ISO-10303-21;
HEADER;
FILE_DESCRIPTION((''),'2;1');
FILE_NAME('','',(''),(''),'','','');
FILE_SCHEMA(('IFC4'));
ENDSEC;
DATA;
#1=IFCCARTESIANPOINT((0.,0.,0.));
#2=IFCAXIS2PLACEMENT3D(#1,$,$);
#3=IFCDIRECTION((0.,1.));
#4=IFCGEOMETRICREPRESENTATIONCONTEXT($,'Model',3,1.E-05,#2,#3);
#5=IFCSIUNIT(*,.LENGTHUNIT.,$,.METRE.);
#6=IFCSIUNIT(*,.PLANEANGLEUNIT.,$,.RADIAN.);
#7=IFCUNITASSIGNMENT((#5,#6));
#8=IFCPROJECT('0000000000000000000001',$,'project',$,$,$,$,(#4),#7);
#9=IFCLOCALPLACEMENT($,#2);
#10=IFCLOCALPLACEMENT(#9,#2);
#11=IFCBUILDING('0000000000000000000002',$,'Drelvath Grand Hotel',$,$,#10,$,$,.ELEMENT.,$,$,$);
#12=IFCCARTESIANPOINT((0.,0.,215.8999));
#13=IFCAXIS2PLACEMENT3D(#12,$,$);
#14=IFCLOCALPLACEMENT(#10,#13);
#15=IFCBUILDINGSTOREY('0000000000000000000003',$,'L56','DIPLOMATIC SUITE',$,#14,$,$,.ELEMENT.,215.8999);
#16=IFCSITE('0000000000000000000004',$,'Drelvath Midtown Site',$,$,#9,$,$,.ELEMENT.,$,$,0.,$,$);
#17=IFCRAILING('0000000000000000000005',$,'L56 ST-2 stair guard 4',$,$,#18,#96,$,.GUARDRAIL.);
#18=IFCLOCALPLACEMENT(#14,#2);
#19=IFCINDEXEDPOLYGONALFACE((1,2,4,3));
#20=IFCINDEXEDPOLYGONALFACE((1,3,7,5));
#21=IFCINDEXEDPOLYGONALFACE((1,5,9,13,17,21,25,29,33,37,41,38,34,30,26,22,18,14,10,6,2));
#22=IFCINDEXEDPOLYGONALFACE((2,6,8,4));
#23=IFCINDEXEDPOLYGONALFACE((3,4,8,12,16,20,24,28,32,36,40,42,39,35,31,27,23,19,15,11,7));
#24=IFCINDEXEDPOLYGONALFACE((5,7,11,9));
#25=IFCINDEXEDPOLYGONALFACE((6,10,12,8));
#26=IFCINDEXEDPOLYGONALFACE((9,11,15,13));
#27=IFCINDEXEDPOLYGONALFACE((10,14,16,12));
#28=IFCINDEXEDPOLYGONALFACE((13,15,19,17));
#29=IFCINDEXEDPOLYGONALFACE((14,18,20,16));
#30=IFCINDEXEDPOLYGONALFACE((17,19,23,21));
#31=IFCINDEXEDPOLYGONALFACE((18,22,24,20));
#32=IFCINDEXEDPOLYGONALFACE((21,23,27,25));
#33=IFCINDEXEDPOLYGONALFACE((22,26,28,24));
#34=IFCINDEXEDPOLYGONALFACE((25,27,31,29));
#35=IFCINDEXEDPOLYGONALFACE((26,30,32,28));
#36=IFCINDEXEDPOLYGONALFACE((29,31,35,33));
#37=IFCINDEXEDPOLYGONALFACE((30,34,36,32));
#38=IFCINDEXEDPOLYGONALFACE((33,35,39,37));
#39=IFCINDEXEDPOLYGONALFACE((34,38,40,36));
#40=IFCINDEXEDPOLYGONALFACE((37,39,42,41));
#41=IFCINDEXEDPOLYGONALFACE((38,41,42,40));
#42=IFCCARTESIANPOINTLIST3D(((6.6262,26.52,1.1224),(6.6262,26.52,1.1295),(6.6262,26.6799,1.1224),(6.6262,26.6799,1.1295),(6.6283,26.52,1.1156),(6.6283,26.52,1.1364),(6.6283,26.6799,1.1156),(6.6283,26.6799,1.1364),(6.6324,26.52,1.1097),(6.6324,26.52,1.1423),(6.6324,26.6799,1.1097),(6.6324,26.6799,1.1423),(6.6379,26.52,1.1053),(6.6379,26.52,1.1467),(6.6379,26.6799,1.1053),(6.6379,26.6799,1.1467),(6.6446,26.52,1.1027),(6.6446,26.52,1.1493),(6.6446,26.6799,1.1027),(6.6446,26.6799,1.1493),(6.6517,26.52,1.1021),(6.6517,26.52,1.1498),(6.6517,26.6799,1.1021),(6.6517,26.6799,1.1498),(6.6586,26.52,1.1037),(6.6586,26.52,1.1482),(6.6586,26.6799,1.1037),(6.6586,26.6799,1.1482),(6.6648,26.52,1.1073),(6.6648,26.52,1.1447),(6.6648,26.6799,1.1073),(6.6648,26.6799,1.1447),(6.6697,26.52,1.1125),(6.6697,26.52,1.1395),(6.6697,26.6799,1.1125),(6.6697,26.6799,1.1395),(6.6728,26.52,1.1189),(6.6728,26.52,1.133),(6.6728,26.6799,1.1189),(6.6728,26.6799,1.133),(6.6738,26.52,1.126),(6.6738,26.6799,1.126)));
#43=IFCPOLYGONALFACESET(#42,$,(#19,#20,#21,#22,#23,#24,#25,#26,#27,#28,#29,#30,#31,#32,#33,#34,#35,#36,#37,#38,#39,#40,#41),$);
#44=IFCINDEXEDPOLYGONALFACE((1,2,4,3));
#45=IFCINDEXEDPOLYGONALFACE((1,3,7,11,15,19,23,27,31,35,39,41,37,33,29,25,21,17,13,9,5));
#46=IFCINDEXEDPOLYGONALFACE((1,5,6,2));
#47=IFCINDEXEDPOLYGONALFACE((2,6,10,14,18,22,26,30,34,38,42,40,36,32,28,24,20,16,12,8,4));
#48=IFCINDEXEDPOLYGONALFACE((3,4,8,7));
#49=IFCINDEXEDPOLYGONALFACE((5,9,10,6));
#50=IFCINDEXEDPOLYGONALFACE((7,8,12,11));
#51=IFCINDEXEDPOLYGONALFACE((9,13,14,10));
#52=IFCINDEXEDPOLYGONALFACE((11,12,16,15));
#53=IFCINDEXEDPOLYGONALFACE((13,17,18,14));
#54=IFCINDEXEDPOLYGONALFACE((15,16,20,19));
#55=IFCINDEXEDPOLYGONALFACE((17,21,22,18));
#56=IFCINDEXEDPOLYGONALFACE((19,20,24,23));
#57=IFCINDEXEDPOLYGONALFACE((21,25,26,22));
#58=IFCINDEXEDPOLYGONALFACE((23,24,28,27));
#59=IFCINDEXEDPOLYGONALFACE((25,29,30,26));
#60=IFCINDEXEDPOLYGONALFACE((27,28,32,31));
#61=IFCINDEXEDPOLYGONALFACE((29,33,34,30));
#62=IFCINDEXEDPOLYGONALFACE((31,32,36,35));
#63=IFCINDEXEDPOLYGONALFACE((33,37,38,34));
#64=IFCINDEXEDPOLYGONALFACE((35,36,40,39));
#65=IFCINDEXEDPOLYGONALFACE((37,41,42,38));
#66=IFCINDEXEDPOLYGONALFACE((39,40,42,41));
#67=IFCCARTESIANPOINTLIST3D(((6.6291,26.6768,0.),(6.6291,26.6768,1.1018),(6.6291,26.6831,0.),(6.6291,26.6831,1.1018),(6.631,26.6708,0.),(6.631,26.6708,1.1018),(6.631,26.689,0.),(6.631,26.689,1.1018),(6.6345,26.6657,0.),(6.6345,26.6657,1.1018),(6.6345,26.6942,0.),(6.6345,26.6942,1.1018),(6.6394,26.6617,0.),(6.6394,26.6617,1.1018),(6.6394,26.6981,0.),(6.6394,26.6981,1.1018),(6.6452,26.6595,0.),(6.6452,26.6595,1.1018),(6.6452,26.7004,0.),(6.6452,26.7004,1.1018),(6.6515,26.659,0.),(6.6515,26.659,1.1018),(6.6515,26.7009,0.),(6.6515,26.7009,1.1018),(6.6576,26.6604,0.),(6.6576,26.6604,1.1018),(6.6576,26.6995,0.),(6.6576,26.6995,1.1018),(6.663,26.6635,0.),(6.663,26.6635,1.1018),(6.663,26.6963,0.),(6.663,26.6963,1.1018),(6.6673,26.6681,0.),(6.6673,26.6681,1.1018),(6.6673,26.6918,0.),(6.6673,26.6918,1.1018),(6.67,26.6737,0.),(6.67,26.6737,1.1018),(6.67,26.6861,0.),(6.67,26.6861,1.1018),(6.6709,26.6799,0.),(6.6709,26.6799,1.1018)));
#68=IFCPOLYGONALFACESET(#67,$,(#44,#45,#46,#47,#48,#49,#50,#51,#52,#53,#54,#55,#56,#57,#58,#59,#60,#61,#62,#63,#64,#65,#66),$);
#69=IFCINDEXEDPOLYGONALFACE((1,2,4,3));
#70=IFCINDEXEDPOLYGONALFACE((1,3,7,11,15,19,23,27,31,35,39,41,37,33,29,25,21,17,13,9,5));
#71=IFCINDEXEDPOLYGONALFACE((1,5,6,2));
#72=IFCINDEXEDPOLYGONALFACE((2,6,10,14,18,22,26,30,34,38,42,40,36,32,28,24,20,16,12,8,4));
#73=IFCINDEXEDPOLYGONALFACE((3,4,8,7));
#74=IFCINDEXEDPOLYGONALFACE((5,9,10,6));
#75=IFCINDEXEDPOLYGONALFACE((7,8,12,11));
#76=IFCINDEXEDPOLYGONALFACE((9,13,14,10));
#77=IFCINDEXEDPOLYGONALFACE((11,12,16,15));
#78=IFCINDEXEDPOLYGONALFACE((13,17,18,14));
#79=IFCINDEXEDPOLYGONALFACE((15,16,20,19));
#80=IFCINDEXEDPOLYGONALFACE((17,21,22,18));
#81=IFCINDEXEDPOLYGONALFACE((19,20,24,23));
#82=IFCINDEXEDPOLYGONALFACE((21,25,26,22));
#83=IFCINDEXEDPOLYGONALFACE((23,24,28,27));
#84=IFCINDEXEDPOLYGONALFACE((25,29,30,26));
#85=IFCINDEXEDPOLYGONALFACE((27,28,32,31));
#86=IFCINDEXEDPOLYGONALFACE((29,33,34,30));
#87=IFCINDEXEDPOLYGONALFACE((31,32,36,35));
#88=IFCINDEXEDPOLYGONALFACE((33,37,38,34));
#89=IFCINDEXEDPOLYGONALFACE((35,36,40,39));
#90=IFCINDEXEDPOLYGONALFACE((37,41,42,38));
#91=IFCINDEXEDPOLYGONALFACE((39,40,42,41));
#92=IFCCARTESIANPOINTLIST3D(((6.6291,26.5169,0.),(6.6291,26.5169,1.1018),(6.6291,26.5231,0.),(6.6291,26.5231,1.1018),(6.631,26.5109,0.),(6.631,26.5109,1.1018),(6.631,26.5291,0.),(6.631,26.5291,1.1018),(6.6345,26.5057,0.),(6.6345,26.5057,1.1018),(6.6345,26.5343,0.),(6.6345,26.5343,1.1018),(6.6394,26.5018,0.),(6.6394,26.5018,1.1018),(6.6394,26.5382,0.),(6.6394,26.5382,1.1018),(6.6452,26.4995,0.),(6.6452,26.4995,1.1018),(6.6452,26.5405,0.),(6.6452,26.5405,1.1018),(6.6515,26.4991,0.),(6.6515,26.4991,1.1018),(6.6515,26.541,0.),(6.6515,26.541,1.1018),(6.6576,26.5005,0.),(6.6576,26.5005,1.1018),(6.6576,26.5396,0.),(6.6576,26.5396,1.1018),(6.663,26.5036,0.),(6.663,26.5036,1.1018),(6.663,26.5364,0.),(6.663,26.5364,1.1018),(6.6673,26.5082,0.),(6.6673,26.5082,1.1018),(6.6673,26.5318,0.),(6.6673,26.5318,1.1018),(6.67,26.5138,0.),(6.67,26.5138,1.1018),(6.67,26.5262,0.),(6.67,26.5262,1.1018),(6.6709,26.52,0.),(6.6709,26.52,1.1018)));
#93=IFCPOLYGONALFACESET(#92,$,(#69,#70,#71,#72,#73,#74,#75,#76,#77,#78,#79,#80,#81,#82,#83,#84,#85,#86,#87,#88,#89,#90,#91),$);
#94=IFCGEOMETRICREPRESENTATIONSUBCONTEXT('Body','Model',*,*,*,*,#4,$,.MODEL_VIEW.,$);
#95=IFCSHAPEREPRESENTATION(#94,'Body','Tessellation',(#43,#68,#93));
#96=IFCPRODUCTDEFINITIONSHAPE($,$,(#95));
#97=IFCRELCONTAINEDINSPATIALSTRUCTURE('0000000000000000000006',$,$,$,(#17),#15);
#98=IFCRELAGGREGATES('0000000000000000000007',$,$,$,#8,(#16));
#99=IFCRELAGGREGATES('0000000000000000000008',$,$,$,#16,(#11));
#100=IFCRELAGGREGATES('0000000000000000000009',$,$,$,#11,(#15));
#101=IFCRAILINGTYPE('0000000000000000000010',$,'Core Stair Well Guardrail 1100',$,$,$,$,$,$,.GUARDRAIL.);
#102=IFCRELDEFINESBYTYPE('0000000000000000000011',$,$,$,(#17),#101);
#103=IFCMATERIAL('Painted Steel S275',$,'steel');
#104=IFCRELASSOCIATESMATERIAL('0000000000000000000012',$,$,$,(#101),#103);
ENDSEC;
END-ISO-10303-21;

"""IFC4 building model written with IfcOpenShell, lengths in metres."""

from ifc_helpers import new_model, si_unit, direction, frame, origin, origin_2d, place, context, subcontext, project, spatial, circle, extrude, material, type_object, element, save


model = new_model("IFC4")

# Units and contexts
model_context = context("Model", 3, precision=1e-05, world=origin(), true_north=direction((0.0, 1.0)))
body_context = subcontext(model_context, "Body", "Model", "MODEL_VIEW")
ifc_project = project(units=[si_unit("LENGTHUNIT", "METRE"), si_unit("PLANEANGLEUNIT", "RADIAN")], contexts=[model_context])

# Site, building, storey
site_placement = place(None, origin())
site = spatial("IfcSite", under=ifc_project, at=site_placement, Name="Drelvath Midtown Site", CompositionType="ELEMENT", RefElevation=0.0)
building_placement = place(site_placement, origin())
building = spatial("IfcBuilding", under=site, at=building_placement, Name="Drelvath Grand Hotel", CompositionType="ELEMENT")
storey_placement = place(building_placement, frame((0.0, 0.0, 215.8999)))
storey = spatial("IfcBuildingStorey", under=building, at=storey_placement, Name="L56", Description="DIPLOMATIC SUITE", CompositionType="ELEMENT", Elevation=215.8999)

# Railing
ifc_material_1 = material(Name="Painted Steel S275", Category="steel")
railing_type_1 = type_object("IfcRailingType", Name="Core Stair Well Guardrail 1100", PredefinedType="GUARDRAIL", material=ifc_material_1)
railing_1_placement = place(storey_placement, frame((6.6499, 26.6799, 0.0)))
element("IfcRailing", 1, at=railing_1_placement, inside=storey, type_object=railing_type_1, Name="L56 ST-2 stair guard 4", PredefinedType="GUARDRAIL", context=body_context, shape_type="SweptSolid", body=[
    extrude(circle(Radius=0.0239, at=origin_2d()), frame((0.0, 0.0, 1.126), z_axis=(0.0, -1.0, 0.0), x_axis=(1.0, 0.0, 0.0)), (0.0, 0.0, 1.0), 0.1599),
    extrude(circle(Radius=0.021, at=origin_2d()), origin(), (0.0, 0.0, 1.0), 1.1018),
    extrude(circle(Radius=0.021, at=origin_2d()), frame((0.0, -0.1599, 0.0)), (0.0, 0.0, 1.0), 1.1018),
])

save(model, "model.ifc")
